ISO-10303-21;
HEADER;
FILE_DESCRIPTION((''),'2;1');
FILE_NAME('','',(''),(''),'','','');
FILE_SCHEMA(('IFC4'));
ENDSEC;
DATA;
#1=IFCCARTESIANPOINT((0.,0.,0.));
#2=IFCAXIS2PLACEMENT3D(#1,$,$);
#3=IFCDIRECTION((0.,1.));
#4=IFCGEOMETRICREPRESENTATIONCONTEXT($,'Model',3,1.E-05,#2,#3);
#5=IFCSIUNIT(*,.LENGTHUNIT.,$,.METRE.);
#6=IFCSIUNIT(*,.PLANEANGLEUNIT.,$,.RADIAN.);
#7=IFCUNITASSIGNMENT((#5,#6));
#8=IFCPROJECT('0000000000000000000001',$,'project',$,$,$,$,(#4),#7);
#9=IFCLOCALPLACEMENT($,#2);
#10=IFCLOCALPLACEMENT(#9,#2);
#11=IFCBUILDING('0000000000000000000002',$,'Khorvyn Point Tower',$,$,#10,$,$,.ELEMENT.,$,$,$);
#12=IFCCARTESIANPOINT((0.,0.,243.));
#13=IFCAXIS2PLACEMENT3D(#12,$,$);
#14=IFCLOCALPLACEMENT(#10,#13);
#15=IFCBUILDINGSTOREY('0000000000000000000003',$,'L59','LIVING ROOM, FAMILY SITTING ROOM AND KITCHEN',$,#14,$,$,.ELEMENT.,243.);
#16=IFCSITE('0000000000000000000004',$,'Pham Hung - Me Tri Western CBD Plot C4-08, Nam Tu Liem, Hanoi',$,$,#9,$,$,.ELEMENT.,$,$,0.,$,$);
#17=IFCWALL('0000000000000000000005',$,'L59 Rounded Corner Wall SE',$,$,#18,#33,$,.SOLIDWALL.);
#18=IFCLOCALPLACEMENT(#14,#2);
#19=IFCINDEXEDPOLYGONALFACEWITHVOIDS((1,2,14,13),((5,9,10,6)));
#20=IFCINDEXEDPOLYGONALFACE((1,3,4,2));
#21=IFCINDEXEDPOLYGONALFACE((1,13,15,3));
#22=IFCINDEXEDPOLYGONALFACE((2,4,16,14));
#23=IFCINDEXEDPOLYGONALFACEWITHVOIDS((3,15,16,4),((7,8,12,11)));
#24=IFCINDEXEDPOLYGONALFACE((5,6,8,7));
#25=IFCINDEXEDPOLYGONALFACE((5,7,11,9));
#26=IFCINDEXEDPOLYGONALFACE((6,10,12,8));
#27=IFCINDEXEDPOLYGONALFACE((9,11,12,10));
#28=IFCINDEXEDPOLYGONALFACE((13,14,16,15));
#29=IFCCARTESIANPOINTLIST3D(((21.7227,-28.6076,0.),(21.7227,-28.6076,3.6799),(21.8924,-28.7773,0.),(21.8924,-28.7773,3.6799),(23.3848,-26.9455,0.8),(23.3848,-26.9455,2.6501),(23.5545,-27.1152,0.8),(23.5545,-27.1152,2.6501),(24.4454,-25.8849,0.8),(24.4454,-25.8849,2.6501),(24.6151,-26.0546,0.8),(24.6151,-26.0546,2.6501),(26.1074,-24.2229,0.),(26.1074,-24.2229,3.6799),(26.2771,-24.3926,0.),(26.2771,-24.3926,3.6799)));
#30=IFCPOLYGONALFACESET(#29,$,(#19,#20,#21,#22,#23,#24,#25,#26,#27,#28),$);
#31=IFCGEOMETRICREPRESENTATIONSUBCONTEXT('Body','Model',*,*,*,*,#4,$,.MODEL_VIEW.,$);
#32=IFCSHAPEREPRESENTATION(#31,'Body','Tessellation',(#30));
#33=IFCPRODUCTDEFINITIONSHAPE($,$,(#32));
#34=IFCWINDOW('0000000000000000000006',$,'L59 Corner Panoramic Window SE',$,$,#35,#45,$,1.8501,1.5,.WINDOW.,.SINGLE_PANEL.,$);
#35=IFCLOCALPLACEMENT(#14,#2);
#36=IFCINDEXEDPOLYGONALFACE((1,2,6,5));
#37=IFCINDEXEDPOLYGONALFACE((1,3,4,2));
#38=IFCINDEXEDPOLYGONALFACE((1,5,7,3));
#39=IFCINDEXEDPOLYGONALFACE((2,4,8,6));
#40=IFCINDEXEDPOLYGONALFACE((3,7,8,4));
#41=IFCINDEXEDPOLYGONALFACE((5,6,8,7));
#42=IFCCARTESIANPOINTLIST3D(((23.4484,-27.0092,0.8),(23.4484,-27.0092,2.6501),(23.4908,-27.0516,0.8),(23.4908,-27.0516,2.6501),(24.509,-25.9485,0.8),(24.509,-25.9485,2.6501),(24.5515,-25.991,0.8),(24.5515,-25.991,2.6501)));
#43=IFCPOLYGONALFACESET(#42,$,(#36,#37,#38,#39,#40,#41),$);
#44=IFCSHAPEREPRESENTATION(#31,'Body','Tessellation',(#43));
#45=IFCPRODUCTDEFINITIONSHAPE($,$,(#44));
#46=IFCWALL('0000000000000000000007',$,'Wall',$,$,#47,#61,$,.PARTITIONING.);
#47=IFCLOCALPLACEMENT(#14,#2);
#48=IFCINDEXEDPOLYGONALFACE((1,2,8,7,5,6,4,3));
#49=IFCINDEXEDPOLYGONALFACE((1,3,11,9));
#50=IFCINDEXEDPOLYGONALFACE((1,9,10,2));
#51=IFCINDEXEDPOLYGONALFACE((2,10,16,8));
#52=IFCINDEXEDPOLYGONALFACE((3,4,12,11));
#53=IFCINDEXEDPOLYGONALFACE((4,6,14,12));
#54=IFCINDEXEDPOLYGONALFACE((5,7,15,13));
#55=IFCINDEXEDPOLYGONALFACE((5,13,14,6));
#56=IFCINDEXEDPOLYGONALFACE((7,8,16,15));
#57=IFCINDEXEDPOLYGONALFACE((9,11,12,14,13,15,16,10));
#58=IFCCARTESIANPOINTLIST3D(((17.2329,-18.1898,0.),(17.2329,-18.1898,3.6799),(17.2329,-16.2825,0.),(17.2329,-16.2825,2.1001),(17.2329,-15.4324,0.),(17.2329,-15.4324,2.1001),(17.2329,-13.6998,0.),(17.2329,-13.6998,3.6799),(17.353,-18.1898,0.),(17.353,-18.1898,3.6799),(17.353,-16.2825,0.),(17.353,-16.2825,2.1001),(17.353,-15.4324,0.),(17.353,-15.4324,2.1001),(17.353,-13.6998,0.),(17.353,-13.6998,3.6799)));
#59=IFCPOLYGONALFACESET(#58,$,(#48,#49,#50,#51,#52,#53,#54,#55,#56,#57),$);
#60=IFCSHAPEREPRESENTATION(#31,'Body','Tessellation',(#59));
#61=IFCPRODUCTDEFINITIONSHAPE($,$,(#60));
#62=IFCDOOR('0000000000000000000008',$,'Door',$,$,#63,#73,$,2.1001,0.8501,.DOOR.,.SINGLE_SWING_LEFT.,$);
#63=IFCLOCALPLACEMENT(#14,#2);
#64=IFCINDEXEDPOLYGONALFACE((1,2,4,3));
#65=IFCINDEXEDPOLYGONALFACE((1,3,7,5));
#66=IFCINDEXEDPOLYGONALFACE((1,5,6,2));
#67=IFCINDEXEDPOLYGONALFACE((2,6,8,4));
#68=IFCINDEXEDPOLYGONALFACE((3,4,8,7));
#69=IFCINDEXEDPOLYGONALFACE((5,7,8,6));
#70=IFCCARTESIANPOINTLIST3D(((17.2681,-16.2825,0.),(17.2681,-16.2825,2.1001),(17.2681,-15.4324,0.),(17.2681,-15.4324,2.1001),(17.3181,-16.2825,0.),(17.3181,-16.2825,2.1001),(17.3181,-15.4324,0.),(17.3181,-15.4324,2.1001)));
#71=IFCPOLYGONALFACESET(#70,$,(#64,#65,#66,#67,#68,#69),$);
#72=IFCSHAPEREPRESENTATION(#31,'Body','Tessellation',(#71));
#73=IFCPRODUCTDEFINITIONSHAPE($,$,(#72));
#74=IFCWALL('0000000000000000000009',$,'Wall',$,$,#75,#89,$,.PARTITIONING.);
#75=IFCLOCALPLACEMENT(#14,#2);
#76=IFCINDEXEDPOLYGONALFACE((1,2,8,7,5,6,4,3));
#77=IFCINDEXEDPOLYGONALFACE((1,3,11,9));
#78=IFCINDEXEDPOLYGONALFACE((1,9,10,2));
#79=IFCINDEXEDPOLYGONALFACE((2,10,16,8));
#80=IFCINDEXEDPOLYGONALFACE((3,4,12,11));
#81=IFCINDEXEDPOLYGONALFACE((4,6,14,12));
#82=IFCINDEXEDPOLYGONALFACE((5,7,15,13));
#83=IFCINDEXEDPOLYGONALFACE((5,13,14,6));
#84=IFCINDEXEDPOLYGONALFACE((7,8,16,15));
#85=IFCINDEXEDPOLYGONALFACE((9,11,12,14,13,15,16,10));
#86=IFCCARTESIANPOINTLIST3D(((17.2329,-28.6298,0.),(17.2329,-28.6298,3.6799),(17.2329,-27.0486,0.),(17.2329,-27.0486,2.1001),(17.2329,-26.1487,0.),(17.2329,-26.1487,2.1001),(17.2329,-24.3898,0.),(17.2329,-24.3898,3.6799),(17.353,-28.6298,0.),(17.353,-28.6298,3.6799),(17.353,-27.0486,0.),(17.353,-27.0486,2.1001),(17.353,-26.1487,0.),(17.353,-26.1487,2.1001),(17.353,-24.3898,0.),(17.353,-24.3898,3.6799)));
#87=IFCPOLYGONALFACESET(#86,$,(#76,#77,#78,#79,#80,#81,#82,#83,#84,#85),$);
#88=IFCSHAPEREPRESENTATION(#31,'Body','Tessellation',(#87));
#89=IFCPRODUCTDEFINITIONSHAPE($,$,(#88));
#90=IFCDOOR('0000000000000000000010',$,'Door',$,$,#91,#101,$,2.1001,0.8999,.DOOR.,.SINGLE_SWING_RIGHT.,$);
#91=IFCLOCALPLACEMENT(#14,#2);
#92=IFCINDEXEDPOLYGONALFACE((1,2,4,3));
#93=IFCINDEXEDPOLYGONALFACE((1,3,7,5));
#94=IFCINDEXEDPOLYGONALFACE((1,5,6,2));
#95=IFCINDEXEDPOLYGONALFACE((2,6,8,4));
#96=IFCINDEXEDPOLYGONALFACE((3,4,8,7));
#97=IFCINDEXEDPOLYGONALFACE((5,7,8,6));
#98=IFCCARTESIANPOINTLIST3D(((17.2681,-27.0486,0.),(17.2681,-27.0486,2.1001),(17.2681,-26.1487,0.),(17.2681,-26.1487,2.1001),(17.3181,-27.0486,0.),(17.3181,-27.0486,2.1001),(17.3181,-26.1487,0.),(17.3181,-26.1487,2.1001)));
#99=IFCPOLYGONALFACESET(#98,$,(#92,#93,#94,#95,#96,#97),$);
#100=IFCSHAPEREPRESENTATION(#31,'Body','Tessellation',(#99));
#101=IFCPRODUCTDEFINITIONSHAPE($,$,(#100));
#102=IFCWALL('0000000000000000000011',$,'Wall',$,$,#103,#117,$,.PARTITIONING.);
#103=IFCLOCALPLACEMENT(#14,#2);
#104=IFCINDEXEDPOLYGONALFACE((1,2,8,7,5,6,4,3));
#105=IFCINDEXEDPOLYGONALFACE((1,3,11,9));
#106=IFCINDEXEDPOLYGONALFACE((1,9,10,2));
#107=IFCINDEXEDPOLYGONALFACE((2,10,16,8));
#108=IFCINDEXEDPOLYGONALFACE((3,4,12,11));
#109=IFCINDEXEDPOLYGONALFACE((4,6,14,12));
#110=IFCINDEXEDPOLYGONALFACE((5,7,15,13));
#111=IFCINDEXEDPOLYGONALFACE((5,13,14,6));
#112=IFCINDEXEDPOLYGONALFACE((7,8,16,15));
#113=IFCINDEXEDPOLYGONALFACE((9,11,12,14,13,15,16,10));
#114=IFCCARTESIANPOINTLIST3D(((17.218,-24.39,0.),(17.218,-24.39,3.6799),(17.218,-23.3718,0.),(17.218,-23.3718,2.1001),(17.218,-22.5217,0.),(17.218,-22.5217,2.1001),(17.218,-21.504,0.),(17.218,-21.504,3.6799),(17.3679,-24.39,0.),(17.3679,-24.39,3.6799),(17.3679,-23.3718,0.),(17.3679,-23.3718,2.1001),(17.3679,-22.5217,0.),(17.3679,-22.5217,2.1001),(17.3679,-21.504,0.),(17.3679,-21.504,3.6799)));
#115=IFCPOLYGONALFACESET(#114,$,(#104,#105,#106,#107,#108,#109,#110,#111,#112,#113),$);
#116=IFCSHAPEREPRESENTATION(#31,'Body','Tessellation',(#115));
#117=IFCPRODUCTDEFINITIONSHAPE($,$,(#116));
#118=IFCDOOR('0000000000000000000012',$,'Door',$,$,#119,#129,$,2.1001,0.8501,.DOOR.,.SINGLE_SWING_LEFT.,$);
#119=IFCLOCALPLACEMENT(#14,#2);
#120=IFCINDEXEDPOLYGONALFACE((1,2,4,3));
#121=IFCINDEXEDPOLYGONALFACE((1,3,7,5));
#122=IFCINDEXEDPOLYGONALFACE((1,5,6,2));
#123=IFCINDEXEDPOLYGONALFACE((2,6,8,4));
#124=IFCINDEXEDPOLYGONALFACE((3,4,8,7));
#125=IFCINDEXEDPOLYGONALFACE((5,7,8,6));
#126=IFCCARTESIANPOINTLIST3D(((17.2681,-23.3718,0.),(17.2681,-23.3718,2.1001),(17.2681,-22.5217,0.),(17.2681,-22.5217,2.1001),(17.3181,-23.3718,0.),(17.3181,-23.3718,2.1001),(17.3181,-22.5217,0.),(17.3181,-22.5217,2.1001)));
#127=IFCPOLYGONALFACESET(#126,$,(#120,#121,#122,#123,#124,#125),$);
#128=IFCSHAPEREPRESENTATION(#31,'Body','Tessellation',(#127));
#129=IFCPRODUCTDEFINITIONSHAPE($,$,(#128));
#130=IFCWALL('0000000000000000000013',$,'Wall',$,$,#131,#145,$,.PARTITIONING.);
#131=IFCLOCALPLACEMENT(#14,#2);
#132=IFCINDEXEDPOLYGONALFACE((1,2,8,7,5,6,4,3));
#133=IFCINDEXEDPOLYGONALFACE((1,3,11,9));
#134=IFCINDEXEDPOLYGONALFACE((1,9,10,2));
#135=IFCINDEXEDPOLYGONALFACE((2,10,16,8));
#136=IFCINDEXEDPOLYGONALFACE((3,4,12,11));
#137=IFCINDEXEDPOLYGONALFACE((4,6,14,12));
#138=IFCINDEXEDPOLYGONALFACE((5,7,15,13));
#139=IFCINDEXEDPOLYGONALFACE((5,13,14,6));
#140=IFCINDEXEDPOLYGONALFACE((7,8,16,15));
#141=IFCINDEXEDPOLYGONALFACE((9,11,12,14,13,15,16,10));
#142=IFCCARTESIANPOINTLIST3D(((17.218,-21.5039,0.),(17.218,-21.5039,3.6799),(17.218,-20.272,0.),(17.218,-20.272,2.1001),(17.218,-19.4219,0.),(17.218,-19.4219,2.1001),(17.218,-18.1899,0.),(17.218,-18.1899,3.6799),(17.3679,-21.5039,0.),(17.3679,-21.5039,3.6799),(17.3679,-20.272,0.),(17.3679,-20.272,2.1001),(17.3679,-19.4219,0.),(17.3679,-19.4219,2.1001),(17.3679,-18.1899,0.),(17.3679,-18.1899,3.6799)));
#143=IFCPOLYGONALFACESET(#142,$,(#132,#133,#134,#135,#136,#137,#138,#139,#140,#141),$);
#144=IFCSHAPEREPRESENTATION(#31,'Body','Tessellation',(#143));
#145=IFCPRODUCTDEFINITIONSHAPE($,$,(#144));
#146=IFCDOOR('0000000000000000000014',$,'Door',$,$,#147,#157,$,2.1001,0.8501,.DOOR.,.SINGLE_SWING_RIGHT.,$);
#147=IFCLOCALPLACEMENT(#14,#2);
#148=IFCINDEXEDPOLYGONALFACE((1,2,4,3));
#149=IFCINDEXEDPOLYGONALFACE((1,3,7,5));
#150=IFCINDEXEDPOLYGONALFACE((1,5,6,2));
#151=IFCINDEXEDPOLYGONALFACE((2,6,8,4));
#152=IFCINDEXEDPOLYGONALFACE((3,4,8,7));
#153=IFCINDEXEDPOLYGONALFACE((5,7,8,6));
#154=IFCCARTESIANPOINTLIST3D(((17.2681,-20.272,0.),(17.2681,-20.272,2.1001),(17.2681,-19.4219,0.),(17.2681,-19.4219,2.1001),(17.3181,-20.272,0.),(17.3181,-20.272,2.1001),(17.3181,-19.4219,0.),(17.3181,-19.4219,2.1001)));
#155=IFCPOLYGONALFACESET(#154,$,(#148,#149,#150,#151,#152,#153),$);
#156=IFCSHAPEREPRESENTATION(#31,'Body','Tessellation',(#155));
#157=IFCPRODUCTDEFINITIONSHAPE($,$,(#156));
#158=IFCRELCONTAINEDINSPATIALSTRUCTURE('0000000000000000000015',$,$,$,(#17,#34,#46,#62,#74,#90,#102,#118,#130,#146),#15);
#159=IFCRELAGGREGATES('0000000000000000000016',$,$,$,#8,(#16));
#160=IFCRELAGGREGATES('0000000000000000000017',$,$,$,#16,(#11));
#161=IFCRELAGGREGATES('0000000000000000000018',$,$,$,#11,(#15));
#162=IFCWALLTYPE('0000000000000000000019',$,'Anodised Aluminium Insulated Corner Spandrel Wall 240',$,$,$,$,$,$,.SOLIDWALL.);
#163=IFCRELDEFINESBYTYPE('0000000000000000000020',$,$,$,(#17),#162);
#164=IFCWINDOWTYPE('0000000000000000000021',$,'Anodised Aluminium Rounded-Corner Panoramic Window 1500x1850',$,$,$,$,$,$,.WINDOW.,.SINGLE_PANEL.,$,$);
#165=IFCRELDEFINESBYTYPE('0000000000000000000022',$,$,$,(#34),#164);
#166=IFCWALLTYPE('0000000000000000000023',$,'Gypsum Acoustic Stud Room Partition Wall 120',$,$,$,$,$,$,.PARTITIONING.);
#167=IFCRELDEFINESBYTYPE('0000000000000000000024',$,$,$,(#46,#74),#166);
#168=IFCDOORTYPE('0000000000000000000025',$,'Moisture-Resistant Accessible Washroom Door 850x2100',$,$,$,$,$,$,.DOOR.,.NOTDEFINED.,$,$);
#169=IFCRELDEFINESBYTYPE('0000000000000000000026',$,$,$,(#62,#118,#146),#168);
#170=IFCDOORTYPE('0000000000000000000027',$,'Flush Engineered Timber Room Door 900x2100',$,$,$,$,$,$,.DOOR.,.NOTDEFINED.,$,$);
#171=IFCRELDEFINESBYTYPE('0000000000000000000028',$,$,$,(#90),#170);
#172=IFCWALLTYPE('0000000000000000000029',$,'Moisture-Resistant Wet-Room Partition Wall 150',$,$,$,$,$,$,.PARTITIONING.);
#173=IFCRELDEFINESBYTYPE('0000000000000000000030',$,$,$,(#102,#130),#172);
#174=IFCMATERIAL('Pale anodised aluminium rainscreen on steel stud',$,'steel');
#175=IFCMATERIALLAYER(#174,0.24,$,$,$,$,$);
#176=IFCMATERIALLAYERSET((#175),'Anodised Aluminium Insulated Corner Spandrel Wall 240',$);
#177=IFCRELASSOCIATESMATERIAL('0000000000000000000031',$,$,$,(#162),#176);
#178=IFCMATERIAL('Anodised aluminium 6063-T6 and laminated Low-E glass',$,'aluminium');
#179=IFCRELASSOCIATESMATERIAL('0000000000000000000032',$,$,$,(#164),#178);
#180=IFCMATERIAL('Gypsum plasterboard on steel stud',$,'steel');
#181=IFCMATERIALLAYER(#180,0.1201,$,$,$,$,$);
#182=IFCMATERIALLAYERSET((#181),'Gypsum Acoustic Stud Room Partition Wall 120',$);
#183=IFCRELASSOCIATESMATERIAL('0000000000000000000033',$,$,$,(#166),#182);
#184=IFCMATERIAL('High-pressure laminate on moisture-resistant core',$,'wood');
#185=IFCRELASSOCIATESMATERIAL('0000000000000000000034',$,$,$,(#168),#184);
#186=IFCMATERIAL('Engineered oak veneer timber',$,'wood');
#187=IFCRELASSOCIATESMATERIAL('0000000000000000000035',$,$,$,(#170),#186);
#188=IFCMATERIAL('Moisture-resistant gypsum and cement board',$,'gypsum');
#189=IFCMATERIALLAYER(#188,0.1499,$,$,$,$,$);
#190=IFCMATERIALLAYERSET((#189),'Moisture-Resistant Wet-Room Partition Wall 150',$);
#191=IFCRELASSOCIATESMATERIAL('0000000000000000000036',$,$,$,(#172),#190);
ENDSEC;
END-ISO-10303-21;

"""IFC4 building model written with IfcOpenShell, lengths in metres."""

from ifc_helpers import new_model, si_unit, direction, frame, frame_2d, origin, place, context, subcontext, project, spatial, rectangle, extrude, material, layer, layer_set, type_object, element, fill, save


model = new_model("IFC4")

# Units and contexts
model_context = context("Model", 3, precision=1e-05, world=origin(), true_north=direction((0.0, 1.0)))
body_context = subcontext(model_context, "Body", "Model", "MODEL_VIEW")
ifc_project = project(units=[si_unit("LENGTHUNIT", "METRE"), si_unit("PLANEANGLEUNIT", "RADIAN")], contexts=[model_context])

# Site, building, storey
site_placement = place(None, origin())
site = spatial("IfcSite", under=ifc_project, at=site_placement, Name="Pham Hung - Me Tri Western CBD Plot C4-08, Nam Tu Liem, Hanoi", CompositionType="ELEMENT", RefElevation=0.0)
building_placement = place(site_placement, origin())
building = spatial("IfcBuilding", under=site, at=building_placement, Name="Khorvyn Point Tower", CompositionType="ELEMENT")
storey_placement = place(building_placement, frame((0.0, 0.0, 243.0)))
storey = spatial("IfcBuildingStorey", under=building, at=storey_placement, Name="L59", Description="LIVING ROOM, FAMILY SITTING ROOM AND KITCHEN", CompositionType="ELEMENT", Elevation=243.0)

# Shared definitions
ifc_material_1 = material(Name="Anodised aluminium 6063-T6 and laminated Low-E glass", Category="aluminium")

# Wall, opening, window
ifc_material_2 = material(Name="Pale anodised aluminium rainscreen on steel stud", Category="steel")
ifc_layer_1 = layer(ifc_material_2, 0.24)
ifc_layer_set_1 = layer_set([ifc_layer_1], Name="Anodised Aluminium Insulated Corner Spandrel Wall 240")
wall_type_1 = type_object("IfcWallType", Name="Anodised Aluminium Insulated Corner Spandrel Wall 240", PredefinedType="SOLIDWALL", material=ifc_layer_set_1)
wall_1_placement = place(storey_placement, frame((26.1924, -24.3076, 0.0), z_axis=(0.0, 0.0, 1.0), x_axis=(-0.707107, -0.707107, 0.0)))
wall_1 = element("IfcWall", 1, at=wall_1_placement, inside=storey, type_object=wall_type_1, Name="L59 Rounded Corner Wall SE", PredefinedType="SOLIDWALL", context=body_context, shape_type="SweptSolid", body=[
    extrude(rectangle(XDim=6.2009, YDim=0.24, at=frame_2d((3.1006, 0.0))), origin(), (0.0, 0.0, 1.0), 3.6799),
])
opening_1_placement = place(wall_1_placement, frame((2.3506, 0.0, 0.8)))
opening_1 = element("IfcOpeningElement", 2, at=opening_1_placement, cuts=wall_1, PredefinedType="OPENING", context=body_context, shape_type="SweptSolid", body=[
    extrude(rectangle(XDim=1.5, YDim=1.8501, at=frame_2d((0.75, 0.925))), frame((0.0, 0.1299, 0.0), z_axis=(0.0, -1.0, 0.0), x_axis=(1.0, 0.0, 0.0)), (0.0, 0.0, 1.0), 0.26),
])
window_type = type_object("IfcWindowType", Name="Anodised Aluminium Rounded-Corner Panoramic Window 1500x1850", PartitioningType="SINGLE_PANEL", PredefinedType="WINDOW", material=ifc_material_1)
window_placement = place(opening_1_placement, origin())
window = element("IfcWindow", 3, at=window_placement, inside=storey, type_object=window_type, Name="L59 Corner Panoramic Window SE", OverallHeight=1.8501, OverallWidth=1.5, PartitioningType="SINGLE_PANEL", PredefinedType="WINDOW", context=body_context, shape_type="SweptSolid", body=[
    extrude(rectangle(XDim=1.5, YDim=1.8501, at=frame_2d((0.75, 0.925))), frame((0.0, 0.03, 0.0), z_axis=(0.0, -1.0, 0.0), x_axis=(1.0, 0.0, 0.0)), (0.0, 0.0, 1.0), 0.0601),
])
fill(opening_1, window)

# Walls, openings, doors
ifc_material_3 = material(Name="Gypsum plasterboard on steel stud", Category="steel")
ifc_layer_2 = layer(ifc_material_3, 0.1201)
ifc_layer_set_2 = layer_set([ifc_layer_2], Name="Gypsum Acoustic Stud Room Partition Wall 120")
wall_type_2 = type_object("IfcWallType", Name="Gypsum Acoustic Stud Room Partition Wall 120", PredefinedType="PARTITIONING", material=ifc_layer_set_2)
wall_2_placement = place(storey_placement, frame((17.293, -18.1899, 0.0), z_axis=(0.0, 0.0, 1.0), x_axis=(0.0, 1.0, 0.0)))
wall_2 = element("IfcWall", 4, at=wall_2_placement, inside=storey, type_object=wall_type_2, Name="Wall", PredefinedType="PARTITIONING", context=body_context, shape_type="SweptSolid", body=[
    extrude(rectangle(XDim=4.49, YDim=0.1201, at=frame_2d((2.2451, 0.0))), origin(), (0.0, 0.0, 1.0), 3.6799),
])
opening_2_placement = place(wall_2_placement, frame((1.9075, 0.0, 0.0)))
opening_2 = element("IfcOpeningElement", 5, at=opening_2_placement, cuts=wall_2, PredefinedType="OPENING", context=body_context, shape_type="SweptSolid", body=[
    extrude(rectangle(XDim=0.8501, YDim=2.1001, at=frame_2d((0.425, 1.05))), frame((0.0, 0.0701, 0.0), z_axis=(0.0, -1.0, 0.0), x_axis=(1.0, 0.0, 0.0)), (0.0, 0.0, 1.0), 0.1401),
])
ifc_material_4 = material(Name="High-pressure laminate on moisture-resistant core", Category="wood")
door_type_1 = type_object("IfcDoorType", Name="Moisture-Resistant Accessible Washroom Door 850x2100", OperationType="NOTDEFINED", PredefinedType="DOOR", material=ifc_material_4)
door_1_placement = place(opening_2_placement, origin())
door_1 = element("IfcDoor", 6, at=door_1_placement, inside=storey, type_object=door_type_1, Name="Door", OperationType="SINGLE_SWING_LEFT", OverallHeight=2.1001, OverallWidth=0.8501, PredefinedType="DOOR", context=body_context, shape_type="SweptSolid", body=[
    extrude(rectangle(XDim=0.8501, YDim=2.1001, at=frame_2d((0.425, 1.05))), frame((0.0, 0.0249, 0.0), z_axis=(0.0, -1.0, 0.0), x_axis=(1.0, 0.0, 0.0)), (0.0, 0.0, 1.0), 0.05),
])
fill(opening_2, door_1)
wall_3_placement = place(storey_placement, frame((17.293, -28.6299, 0.0), z_axis=(0.0, 0.0, 1.0), x_axis=(0.0, 1.0, 0.0)))
wall_3 = element("IfcWall", 7, at=wall_3_placement, inside=storey, type_object=wall_type_2, Name="Wall", PredefinedType="PARTITIONING", context=body_context, shape_type="SweptSolid", body=[
    extrude(rectangle(XDim=4.24, YDim=0.1201, at=frame_2d((2.1201, 0.0))), origin(), (0.0, 0.0, 1.0), 3.6799),
])
opening_3_placement = place(wall_3_placement, frame((1.5813, 0.0, 0.0)))
opening_3 = element("IfcOpeningElement", 8, at=opening_3_placement, cuts=wall_3, PredefinedType="OPENING", context=body_context, shape_type="SweptSolid", body=[
    extrude(rectangle(XDim=0.8999, YDim=2.1001, at=frame_2d((0.45, 1.05))), frame((0.0, 0.0701, 0.0), z_axis=(0.0, -1.0, 0.0), x_axis=(1.0, 0.0, 0.0)), (0.0, 0.0, 1.0), 0.1401),
])
ifc_material_5 = material(Name="Engineered oak veneer timber", Category="wood")
door_type_2 = type_object("IfcDoorType", Name="Flush Engineered Timber Room Door 900x2100", OperationType="NOTDEFINED", PredefinedType="DOOR", material=ifc_material_5)
door_2_placement = place(opening_3_placement, origin())
door_2 = element("IfcDoor", 9, at=door_2_placement, inside=storey, type_object=door_type_2, Name="Door", OperationType="SINGLE_SWING_RIGHT", OverallHeight=2.1001, OverallWidth=0.8999, PredefinedType="DOOR", context=body_context, shape_type="SweptSolid", body=[
    extrude(rectangle(XDim=0.8999, YDim=2.1001, at=frame_2d((0.45, 1.05))), frame((0.0, 0.0249, 0.0), z_axis=(0.0, -1.0, 0.0), x_axis=(1.0, 0.0, 0.0)), (0.0, 0.0, 1.0), 0.05),
])
fill(opening_3, door_2)
ifc_material_6 = material(Name="Moisture-resistant gypsum and cement board", Category="gypsum")
ifc_layer_3 = layer(ifc_material_6, 0.1499)
ifc_layer_set_3 = layer_set([ifc_layer_3], Name="Moisture-Resistant Wet-Room Partition Wall 150")
wall_type_3 = type_object("IfcWallType", Name="Moisture-Resistant Wet-Room Partition Wall 150", PredefinedType="PARTITIONING", material=ifc_layer_set_3)
wall_4_placement = place(storey_placement, frame((17.293, -24.3899, 0.0), z_axis=(0.0, 0.0, 1.0), x_axis=(0.0, 1.0, 0.0)))
wall_4 = element("IfcWall", 10, at=wall_4_placement, inside=storey, type_object=wall_type_3, Name="Wall", PredefinedType="PARTITIONING", context=body_context, shape_type="SweptSolid", body=[
    extrude(rectangle(XDim=2.886, YDim=0.1499, at=frame_2d((1.4429, 0.0))), origin(), (0.0, 0.0, 1.0), 3.6799),
])
opening_4_placement = place(wall_4_placement, frame((1.0181, 0.0, 0.0)))
opening_4 = element("IfcOpeningElement", 11, at=opening_4_placement, cuts=wall_4, PredefinedType="OPENING", context=body_context, shape_type="SweptSolid", body=[
    extrude(rectangle(XDim=0.8501, YDim=2.1001, at=frame_2d((0.425, 1.05))), frame((0.0, 0.085, 0.0), z_axis=(0.0, -1.0, 0.0), x_axis=(1.0, 0.0, 0.0)), (0.0, 0.0, 1.0), 0.1699),
])
door_3_placement = place(opening_4_placement, origin())
door_3 = element("IfcDoor", 12, at=door_3_placement, inside=storey, type_object=door_type_1, Name="Door", OperationType="SINGLE_SWING_LEFT", OverallHeight=2.1001, OverallWidth=0.8501, PredefinedType="DOOR", context=body_context, shape_type="SweptSolid", body=[
    extrude(rectangle(XDim=0.8501, YDim=2.1001, at=frame_2d((0.425, 1.05))), frame((0.0, 0.0249, 0.0), z_axis=(0.0, -1.0, 0.0), x_axis=(1.0, 0.0, 0.0)), (0.0, 0.0, 1.0), 0.05),
])
fill(opening_4, door_3)
wall_5_placement = place(storey_placement, frame((17.293, -21.5039, 0.0), z_axis=(0.0, 0.0, 1.0), x_axis=(0.0, 1.0, 0.0)))
wall_5 = element("IfcWall", 13, at=wall_5_placement, inside=storey, type_object=wall_type_3, Name="Wall", PredefinedType="PARTITIONING", context=body_context, shape_type="SweptSolid", body=[
    extrude(rectangle(XDim=3.314, YDim=0.1499, at=frame_2d((1.657, 0.0))), origin(), (0.0, 0.0, 1.0), 3.6799),
])
opening_5_placement = place(wall_5_placement, frame((1.2319, 0.0, 0.0)))
opening_5 = element("IfcOpeningElement", 14, at=opening_5_placement, cuts=wall_5, PredefinedType="OPENING", context=body_context, shape_type="SweptSolid", body=[
    extrude(rectangle(XDim=0.8501, YDim=2.1001, at=frame_2d((0.425, 1.05))), frame((0.0, 0.085, 0.0), z_axis=(0.0, -1.0, 0.0), x_axis=(1.0, 0.0, 0.0)), (0.0, 0.0, 1.0), 0.1699),
])
door_4_placement = place(opening_5_placement, origin())
door_4 = element("IfcDoor", 15, at=door_4_placement, inside=storey, type_object=door_type_1, Name="Door", OperationType="SINGLE_SWING_RIGHT", OverallHeight=2.1001, OverallWidth=0.8501, PredefinedType="DOOR", context=body_context, shape_type="SweptSolid", body=[
    extrude(rectangle(XDim=0.8501, YDim=2.1001, at=frame_2d((0.425, 1.05))), frame((0.0, 0.0249, 0.0), z_axis=(0.0, -1.0, 0.0), x_axis=(1.0, 0.0, 0.0)), (0.0, 0.0, 1.0), 0.05),
])
fill(opening_5, door_4)

save(model, "model.ifc")
